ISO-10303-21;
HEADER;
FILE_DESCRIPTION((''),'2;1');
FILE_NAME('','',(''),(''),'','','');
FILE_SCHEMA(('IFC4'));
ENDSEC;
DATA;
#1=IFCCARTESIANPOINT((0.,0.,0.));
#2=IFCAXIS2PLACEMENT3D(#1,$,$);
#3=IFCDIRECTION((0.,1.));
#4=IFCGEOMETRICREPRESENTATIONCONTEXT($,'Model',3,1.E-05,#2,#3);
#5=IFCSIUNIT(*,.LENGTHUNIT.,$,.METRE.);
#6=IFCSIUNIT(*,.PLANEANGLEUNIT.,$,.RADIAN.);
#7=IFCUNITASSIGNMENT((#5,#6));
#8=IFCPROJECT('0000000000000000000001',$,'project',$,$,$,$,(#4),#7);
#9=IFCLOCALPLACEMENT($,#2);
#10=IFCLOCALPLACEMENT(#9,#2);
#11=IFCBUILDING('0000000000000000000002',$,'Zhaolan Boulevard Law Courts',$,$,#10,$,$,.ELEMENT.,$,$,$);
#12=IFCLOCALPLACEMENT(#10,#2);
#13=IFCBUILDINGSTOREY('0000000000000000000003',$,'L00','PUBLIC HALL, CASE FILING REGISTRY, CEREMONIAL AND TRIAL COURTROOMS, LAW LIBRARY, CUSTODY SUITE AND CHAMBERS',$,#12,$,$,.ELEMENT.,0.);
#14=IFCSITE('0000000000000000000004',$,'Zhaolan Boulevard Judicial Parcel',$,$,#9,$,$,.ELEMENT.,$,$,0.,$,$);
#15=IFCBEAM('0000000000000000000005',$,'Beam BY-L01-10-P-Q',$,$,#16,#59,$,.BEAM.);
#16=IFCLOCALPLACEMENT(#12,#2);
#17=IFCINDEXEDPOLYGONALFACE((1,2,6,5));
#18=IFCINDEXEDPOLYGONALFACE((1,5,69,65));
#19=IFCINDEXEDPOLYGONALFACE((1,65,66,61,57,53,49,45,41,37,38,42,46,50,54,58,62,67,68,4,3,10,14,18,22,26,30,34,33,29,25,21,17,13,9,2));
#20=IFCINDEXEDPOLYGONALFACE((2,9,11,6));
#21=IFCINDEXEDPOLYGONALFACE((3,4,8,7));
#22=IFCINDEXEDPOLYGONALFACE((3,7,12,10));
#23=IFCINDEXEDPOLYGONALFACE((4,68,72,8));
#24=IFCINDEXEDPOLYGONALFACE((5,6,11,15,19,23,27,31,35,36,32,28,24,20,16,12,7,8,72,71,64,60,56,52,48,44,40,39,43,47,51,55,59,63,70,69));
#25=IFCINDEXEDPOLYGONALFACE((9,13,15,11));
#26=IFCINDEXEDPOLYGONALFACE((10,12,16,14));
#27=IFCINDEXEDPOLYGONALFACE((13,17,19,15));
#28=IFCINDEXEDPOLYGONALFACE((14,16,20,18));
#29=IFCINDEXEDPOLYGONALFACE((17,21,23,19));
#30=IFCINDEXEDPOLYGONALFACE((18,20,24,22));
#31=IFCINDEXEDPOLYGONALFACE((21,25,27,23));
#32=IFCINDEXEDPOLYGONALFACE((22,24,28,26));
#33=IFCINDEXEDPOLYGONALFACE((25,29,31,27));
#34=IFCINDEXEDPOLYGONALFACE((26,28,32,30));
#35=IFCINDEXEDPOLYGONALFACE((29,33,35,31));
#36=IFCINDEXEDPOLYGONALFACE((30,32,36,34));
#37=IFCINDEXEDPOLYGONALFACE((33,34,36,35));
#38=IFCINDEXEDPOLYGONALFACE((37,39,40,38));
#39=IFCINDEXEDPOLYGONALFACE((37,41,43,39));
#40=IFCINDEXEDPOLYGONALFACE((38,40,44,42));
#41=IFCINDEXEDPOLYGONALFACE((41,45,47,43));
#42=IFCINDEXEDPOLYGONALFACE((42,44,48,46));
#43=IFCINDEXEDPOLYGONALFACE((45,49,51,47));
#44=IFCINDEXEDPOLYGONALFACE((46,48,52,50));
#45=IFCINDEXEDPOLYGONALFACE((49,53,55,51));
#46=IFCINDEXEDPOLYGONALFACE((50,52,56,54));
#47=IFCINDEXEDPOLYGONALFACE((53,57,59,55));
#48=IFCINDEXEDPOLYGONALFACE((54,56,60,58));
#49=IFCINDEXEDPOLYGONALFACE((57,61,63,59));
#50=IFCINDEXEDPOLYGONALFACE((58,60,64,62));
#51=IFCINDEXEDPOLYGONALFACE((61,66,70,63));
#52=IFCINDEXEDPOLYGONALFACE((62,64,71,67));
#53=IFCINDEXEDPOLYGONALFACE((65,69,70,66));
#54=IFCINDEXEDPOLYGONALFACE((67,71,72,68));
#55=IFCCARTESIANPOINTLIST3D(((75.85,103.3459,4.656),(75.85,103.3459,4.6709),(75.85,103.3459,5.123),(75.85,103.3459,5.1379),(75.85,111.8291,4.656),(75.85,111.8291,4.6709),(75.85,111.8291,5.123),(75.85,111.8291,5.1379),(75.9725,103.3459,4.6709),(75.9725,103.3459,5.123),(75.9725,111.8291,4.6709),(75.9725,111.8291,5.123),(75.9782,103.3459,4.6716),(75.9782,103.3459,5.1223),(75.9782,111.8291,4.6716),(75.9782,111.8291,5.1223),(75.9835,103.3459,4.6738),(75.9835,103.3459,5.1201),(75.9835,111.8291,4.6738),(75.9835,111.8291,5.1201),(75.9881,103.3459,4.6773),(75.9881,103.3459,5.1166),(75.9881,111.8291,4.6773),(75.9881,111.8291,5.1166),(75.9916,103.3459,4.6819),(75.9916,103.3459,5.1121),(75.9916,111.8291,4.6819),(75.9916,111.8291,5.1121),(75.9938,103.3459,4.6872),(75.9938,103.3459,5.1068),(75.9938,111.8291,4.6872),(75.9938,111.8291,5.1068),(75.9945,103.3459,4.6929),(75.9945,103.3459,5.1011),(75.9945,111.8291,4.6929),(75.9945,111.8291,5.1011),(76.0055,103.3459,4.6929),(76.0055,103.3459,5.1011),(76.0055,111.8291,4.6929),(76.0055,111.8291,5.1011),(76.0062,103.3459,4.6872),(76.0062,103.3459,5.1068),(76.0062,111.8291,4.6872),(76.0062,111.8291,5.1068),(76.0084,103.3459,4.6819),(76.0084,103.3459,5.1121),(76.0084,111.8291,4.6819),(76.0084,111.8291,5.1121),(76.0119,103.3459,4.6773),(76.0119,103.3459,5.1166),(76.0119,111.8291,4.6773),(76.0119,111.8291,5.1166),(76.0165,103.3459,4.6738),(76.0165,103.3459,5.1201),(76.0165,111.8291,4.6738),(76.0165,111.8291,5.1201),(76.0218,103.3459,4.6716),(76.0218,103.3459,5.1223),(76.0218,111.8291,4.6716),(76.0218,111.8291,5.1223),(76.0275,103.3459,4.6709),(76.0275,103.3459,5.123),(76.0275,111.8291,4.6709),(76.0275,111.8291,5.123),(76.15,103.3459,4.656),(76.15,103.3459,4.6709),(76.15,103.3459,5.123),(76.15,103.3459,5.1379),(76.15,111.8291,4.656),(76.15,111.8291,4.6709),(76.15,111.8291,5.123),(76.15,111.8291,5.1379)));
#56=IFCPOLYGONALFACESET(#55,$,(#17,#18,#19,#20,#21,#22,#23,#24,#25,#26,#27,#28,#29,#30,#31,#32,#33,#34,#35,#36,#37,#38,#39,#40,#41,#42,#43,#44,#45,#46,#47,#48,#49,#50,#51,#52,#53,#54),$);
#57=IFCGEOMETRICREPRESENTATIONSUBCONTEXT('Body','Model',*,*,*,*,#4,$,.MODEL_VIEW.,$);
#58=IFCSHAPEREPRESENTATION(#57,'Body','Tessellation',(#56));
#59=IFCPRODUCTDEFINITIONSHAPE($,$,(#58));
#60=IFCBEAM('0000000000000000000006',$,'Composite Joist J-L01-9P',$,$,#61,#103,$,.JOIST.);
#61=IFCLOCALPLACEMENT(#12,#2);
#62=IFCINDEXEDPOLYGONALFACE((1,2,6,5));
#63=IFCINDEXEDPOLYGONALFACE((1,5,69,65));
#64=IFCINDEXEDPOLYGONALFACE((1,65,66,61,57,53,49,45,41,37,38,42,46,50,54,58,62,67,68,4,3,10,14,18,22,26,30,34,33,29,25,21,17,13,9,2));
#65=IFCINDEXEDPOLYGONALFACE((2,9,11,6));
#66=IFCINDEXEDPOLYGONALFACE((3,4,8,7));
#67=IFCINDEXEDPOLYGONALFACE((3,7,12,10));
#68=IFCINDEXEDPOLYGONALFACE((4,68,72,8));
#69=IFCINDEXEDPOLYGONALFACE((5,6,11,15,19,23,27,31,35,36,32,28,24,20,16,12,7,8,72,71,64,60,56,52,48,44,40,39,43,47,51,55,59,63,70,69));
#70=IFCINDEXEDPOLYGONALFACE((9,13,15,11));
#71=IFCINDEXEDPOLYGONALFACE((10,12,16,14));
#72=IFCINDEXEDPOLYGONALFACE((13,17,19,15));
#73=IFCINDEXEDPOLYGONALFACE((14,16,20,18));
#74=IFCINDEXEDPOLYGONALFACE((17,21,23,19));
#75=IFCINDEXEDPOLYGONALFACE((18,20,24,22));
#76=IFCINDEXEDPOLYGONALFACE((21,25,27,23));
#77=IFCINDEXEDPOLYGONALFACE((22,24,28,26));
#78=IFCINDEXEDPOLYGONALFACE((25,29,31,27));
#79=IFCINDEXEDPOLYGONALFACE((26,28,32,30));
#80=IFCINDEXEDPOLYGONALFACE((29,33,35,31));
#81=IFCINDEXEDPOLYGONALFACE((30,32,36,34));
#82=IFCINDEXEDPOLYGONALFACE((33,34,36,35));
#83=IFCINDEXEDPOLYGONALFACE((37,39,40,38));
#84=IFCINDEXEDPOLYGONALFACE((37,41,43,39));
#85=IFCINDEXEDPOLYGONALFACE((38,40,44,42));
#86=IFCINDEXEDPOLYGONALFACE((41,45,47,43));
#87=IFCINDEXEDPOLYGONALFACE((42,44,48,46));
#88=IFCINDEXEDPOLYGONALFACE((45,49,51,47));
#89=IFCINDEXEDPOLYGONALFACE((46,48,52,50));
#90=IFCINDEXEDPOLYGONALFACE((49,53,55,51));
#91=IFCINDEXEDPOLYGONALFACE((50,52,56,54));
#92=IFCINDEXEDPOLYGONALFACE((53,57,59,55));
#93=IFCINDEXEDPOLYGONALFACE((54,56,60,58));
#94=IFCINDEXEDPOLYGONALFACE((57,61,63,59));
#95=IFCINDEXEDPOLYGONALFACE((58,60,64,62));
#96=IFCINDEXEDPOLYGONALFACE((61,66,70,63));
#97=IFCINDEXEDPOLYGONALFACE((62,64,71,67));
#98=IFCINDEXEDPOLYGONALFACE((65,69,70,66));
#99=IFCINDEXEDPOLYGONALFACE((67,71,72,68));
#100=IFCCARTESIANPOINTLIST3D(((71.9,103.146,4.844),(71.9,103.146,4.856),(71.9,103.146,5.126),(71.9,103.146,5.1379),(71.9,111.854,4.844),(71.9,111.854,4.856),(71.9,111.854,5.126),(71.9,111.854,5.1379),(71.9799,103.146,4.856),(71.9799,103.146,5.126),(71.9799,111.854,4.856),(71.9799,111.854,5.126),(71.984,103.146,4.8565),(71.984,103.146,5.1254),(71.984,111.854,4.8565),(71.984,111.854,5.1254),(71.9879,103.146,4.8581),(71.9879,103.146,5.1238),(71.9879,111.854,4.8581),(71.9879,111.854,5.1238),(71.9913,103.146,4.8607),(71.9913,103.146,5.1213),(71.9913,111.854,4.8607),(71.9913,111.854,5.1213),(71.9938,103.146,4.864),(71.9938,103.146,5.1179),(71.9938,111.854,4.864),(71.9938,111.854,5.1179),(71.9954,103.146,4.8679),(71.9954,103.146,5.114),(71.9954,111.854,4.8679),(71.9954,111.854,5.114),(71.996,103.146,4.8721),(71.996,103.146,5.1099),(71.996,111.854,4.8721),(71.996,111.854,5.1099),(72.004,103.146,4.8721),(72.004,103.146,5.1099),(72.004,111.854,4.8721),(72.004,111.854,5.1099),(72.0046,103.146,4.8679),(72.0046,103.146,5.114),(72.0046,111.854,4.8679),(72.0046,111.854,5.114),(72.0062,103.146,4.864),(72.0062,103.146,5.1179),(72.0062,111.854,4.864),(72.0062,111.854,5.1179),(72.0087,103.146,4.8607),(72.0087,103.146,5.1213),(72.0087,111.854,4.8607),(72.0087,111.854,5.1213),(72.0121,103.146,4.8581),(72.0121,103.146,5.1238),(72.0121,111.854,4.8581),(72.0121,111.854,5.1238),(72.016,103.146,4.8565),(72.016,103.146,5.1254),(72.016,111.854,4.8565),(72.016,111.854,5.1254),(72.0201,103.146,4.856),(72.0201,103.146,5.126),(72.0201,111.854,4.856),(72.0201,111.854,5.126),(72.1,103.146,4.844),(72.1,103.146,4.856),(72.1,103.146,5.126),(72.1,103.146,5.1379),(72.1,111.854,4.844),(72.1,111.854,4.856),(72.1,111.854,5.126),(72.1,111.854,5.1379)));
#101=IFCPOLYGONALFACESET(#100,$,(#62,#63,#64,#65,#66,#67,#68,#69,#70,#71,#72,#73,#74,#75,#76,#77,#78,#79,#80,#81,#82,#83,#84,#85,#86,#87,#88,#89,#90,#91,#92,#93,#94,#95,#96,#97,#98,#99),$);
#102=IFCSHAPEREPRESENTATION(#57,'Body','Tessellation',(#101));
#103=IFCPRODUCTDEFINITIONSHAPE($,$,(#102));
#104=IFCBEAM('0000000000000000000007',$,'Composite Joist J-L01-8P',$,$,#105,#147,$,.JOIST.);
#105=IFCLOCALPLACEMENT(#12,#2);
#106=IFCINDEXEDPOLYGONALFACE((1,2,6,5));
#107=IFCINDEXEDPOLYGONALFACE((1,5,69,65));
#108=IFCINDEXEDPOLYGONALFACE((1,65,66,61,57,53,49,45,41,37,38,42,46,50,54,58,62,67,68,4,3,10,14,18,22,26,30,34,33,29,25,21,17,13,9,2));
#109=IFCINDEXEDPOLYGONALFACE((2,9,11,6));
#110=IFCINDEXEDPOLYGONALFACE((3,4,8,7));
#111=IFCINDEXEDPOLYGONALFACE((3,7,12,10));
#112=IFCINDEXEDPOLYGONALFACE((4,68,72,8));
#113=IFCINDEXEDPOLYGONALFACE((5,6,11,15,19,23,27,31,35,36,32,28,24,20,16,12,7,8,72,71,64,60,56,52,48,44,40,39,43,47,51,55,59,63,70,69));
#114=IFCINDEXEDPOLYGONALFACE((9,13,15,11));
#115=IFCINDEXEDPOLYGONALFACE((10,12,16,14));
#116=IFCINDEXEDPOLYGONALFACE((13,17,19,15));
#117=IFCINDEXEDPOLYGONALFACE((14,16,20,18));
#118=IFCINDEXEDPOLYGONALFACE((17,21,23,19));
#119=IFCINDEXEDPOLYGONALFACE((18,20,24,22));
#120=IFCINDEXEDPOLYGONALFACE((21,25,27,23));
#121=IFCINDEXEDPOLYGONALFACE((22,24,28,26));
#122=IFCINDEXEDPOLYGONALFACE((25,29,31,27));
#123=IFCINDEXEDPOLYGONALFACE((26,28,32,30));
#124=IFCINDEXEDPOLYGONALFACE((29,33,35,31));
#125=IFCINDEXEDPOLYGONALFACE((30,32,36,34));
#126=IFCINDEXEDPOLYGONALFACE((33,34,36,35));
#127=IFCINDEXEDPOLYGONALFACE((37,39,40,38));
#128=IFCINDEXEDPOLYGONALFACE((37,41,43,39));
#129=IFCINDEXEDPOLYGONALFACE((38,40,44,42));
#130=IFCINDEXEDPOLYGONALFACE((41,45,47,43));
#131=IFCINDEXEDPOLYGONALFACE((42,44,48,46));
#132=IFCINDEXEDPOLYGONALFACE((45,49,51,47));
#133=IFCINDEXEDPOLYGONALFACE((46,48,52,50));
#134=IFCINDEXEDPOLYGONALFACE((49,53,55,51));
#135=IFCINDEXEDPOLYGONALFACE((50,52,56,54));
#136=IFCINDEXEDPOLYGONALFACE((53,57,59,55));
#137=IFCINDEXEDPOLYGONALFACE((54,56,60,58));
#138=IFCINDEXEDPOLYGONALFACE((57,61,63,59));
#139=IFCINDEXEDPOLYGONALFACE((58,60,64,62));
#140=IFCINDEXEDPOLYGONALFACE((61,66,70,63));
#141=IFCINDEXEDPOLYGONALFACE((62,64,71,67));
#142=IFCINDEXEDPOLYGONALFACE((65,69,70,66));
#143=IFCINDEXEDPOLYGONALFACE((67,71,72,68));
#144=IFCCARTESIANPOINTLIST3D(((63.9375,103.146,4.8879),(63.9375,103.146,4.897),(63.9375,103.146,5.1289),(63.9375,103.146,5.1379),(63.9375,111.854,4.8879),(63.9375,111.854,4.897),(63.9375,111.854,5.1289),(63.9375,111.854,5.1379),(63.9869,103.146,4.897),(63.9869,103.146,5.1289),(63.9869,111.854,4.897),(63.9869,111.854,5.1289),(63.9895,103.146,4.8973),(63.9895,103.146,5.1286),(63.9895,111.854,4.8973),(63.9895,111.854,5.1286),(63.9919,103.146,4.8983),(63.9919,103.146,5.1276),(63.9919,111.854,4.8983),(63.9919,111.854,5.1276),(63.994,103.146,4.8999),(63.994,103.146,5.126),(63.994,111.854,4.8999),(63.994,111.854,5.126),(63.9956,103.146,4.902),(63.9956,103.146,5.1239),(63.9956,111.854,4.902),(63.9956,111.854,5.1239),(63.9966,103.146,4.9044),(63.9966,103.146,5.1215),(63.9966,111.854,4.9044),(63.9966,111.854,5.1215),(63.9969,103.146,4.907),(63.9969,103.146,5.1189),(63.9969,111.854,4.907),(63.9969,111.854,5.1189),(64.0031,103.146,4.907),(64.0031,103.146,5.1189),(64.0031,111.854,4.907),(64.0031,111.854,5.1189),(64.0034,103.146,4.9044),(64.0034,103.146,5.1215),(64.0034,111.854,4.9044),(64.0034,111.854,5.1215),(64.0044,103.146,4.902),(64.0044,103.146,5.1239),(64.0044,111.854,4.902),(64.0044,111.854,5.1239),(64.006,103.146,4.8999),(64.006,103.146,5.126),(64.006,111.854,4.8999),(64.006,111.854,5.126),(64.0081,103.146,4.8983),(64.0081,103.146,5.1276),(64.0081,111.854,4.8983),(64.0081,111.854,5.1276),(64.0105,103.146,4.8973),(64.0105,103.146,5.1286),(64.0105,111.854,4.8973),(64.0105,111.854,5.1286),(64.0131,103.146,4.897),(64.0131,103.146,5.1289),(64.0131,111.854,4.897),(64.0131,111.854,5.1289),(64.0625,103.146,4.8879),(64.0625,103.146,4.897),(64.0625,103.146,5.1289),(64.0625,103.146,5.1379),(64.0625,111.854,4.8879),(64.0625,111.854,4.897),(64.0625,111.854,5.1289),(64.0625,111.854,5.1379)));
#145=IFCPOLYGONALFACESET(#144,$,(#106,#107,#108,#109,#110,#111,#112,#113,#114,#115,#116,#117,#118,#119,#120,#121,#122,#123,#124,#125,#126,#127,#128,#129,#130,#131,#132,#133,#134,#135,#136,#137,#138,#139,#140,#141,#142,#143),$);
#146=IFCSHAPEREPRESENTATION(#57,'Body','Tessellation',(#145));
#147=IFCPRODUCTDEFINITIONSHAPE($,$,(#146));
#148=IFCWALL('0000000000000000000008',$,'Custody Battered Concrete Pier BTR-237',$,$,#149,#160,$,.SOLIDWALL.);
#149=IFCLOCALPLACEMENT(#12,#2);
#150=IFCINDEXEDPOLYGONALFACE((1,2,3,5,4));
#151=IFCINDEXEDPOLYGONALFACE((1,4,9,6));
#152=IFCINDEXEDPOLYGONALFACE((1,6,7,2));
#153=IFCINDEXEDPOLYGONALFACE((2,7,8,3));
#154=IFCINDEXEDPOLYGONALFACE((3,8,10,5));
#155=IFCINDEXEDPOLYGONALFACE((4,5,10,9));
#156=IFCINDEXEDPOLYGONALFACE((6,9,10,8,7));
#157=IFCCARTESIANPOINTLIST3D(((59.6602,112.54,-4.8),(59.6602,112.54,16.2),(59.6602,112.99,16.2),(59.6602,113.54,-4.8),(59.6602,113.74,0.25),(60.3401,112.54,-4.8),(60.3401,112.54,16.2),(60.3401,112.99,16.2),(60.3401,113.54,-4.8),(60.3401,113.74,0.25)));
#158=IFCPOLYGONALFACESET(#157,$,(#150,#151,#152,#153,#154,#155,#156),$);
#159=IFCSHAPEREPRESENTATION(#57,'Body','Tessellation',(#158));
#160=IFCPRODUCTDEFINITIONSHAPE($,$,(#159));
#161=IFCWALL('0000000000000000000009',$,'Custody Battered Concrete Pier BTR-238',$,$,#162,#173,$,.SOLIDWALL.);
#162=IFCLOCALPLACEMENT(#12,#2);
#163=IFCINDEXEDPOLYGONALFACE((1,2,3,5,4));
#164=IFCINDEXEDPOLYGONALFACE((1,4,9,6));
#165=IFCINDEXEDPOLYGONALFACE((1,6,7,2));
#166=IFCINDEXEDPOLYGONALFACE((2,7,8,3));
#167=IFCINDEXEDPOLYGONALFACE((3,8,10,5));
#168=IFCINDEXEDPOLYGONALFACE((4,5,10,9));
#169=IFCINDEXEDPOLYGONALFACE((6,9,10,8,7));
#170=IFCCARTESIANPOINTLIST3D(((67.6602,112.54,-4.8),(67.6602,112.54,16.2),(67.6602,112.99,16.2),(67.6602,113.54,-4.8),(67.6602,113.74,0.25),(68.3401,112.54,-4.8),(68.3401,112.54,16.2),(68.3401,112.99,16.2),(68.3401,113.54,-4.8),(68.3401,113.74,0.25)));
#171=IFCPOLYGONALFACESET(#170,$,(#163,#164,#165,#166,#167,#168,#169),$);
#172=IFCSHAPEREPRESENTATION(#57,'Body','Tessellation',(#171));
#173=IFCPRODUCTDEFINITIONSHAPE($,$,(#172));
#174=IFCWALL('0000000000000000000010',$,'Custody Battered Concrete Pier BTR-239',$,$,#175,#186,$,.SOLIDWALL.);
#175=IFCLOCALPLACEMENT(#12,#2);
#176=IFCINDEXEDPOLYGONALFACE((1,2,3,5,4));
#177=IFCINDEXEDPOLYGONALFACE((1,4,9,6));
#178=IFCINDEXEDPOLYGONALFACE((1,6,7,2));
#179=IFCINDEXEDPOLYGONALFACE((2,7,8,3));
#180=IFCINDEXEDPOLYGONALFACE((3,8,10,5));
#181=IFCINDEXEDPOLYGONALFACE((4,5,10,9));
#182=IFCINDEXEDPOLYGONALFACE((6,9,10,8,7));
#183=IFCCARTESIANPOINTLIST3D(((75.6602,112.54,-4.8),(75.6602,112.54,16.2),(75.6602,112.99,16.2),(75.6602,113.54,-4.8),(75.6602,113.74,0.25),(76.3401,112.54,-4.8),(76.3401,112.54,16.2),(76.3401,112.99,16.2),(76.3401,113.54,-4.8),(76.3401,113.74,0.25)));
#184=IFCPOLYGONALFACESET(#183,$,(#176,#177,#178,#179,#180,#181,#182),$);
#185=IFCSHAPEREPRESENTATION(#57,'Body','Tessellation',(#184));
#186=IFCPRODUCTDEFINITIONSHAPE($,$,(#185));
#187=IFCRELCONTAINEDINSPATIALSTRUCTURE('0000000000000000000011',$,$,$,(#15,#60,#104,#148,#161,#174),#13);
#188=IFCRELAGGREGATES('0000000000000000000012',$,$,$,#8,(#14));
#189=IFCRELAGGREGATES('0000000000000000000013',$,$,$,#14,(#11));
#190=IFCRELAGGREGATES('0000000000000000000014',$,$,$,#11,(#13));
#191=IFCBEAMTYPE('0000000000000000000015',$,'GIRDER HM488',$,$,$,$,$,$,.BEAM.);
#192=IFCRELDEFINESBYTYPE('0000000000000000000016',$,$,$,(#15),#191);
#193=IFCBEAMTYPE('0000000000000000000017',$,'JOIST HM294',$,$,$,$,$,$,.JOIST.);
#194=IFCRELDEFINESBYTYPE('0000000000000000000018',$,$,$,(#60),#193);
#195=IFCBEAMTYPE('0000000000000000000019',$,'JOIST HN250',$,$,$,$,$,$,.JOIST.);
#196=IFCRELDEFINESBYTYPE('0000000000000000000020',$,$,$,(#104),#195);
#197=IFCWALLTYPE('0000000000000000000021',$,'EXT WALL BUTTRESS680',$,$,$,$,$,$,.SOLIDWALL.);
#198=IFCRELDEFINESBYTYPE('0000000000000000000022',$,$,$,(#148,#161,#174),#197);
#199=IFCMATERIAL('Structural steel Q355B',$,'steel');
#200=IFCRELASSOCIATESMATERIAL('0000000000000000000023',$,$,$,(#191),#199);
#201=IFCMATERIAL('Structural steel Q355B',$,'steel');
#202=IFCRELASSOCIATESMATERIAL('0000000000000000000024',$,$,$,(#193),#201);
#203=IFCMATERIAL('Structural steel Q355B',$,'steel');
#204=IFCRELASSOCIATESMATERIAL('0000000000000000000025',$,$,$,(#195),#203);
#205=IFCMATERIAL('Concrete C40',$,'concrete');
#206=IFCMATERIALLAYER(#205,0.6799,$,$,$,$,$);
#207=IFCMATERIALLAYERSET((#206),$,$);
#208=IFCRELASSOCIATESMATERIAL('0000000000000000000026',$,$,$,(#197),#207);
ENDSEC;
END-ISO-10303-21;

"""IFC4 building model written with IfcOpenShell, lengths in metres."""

from ifc_helpers import new_model, si_unit, direction, frame, origin, origin_2d, place, context, subcontext, project, spatial, polyline, i_section, outline, extrude, material, layer, layer_set, material_profile, profile_set, type_object, element, save


model = new_model("IFC4")

# Units and contexts
model_context = context("Model", 3, precision=1e-05, world=origin(), true_north=direction((0.0, 1.0)))
body_context = subcontext(model_context, "Body", "Model", "MODEL_VIEW")
ifc_project = project(units=[si_unit("LENGTHUNIT", "METRE"), si_unit("PLANEANGLEUNIT", "RADIAN")], contexts=[model_context])

# Site, building, storey
site_placement = place(None, origin())
site = spatial("IfcSite", under=ifc_project, at=site_placement, Name="Zhaolan Boulevard Judicial Parcel", CompositionType="ELEMENT", RefElevation=0.0)
building_placement = place(site_placement, origin())
building = spatial("IfcBuilding", under=site, at=building_placement, Name="Zhaolan Boulevard Law Courts", CompositionType="ELEMENT")
storey_placement = place(building_placement, origin())
storey = spatial("IfcBuildingStorey", under=building, at=storey_placement, Name="L00", Description="PUBLIC HALL, CASE FILING REGISTRY, CEREMONIAL AND TRIAL COURTROOMS, LAW LIBRARY, CUSTODY SUITE AND CHAMBERS", CompositionType="ELEMENT", Elevation=0.0)

# Beams
ifc_material_1 = material(Name="Structural steel Q355B", Category="steel")
ifc_material_profile_1 = material_profile(ifc_material_1, i_section(OverallWidth=0.3, OverallDepth=0.4819, WebThickness=0.011, FlangeThickness=0.0149, FilletRadius=0.022, at=origin_2d()), Name="HM482x300")
ifc_profile_set_1 = profile_set([ifc_material_profile_1], Name="Structural steel Q355B")
beam_type_1 = type_object("IfcBeamType", Name="GIRDER HM488", PredefinedType="BEAM", material=ifc_profile_set_1)
beam_1_placement = place(storey_placement, frame((76.0, 103.3459, 4.897), z_axis=(0.0, 1.0, 0.0), x_axis=(-1.0, 0.0, 0.0)))
element("IfcBeam", 1, at=beam_1_placement, inside=storey, type_object=beam_type_1, Name="Beam BY-L01-10-P-Q", PredefinedType="BEAM", context=body_context, shape_type="SweptSolid", body=[
    extrude(i_section(OverallWidth=0.3, OverallDepth=0.4819, WebThickness=0.011, FlangeThickness=0.0149, FilletRadius=0.022, at=origin_2d()), origin(), (0.0, 0.0, 1.0), 8.4832),
])
ifc_material_2 = material(Name="Structural steel Q355B", Category="steel")
ifc_material_profile_2 = material_profile(ifc_material_2, i_section(OverallWidth=0.2, OverallDepth=0.2939, WebThickness=0.0081, FlangeThickness=0.012, FilletRadius=0.0161, at=origin_2d()), Name="HM294x200")
ifc_profile_set_2 = profile_set([ifc_material_profile_2], Name="Structural steel Q355B")
beam_type_2 = type_object("IfcBeamType", Name="JOIST HM294", PredefinedType="JOIST", material=ifc_profile_set_2)
beam_2_placement = place(storey_placement, frame((72.0, 103.146, 4.991), z_axis=(0.0, 1.0, 0.0), x_axis=(-1.0, 0.0, 0.0)))
element("IfcBeam", 2, at=beam_2_placement, inside=storey, type_object=beam_type_2, Name="Composite Joist J-L01-9P", PredefinedType="JOIST", context=body_context, shape_type="SweptSolid", body=[
    extrude(i_section(OverallWidth=0.2, OverallDepth=0.2939, WebThickness=0.0081, FlangeThickness=0.012, FilletRadius=0.0161, at=origin_2d()), origin(), (0.0, 0.0, 1.0), 8.708),
])
ifc_material_3 = material(Name="Structural steel Q355B", Category="steel")
ifc_material_profile_3 = material_profile(ifc_material_3, i_section(OverallWidth=0.125, OverallDepth=0.25, WebThickness=0.0061, FlangeThickness=0.009, FilletRadius=0.01, at=origin_2d()), Name="HN250x125")
ifc_profile_set_3 = profile_set([ifc_material_profile_3], Name="Structural steel Q355B")
beam_type_3 = type_object("IfcBeamType", Name="JOIST HN250", PredefinedType="JOIST", material=ifc_profile_set_3)
beam_3_placement = place(storey_placement, frame((64.0, 103.146, 5.0129), z_axis=(0.0, 1.0, 0.0), x_axis=(-1.0, 0.0, 0.0)))
element("IfcBeam", 3, at=beam_3_placement, inside=storey, type_object=beam_type_3, Name="Composite Joist J-L01-8P", PredefinedType="JOIST", context=body_context, shape_type="SweptSolid", body=[
    extrude(i_section(OverallWidth=0.125, OverallDepth=0.25, WebThickness=0.0061, FlangeThickness=0.009, FilletRadius=0.01, at=origin_2d()), origin(), (0.0, 0.0, 1.0), 8.708),
])

# Walls
ifc_material_4 = material(Name="Concrete C40", Category="concrete")
ifc_layer_1 = layer(ifc_material_4, 0.6799)
ifc_layer_set_1 = layer_set([ifc_layer_1])
wall_type_1 = type_object("IfcWallType", Name="EXT WALL BUTTRESS680", PredefinedType="SOLIDWALL", material=ifc_layer_set_1)
for number, where, z_axis, x_axis, name in (
    (4, (60.0, 112.54, -4.8), (0.0, 0.0, 1.0), (0.0, 1.0, 0.0), "Custody Battered Concrete Pier BTR-237"),
    (5, (68.0, 112.54, -4.8), (0.0, 0.0, 1.0), (0.0, 1.0, 0.0), "Custody Battered Concrete Pier BTR-238"),
    (6, (76.0, 112.54, -4.8), (0.0, 0.0, 1.0), (0.0, 1.0, 0.0), "Custody Battered Concrete Pier BTR-239"),
):
    element("IfcWall", number, at=place(storey_placement, frame(where, z_axis=z_axis, x_axis=x_axis)), inside=storey, type_object=wall_type_1, Name=name, PredefinedType="SOLIDWALL", context=body_context, shape_type="SweptSolid", body=[
        extrude(outline(polyline([(0.0, 0.0), (1.0, 0.0), (1.2, 5.05), (0.45, 21.0), (0.0, 21.0), (0.0, 0.0)])), frame((0.0, 0.3398, 0.0), z_axis=(0.0, -1.0, 0.0), x_axis=(1.0, 0.0, 0.0)), (0.0, 0.0, 1.0), 0.6799),
    ])

save(model, "model.ifc")
